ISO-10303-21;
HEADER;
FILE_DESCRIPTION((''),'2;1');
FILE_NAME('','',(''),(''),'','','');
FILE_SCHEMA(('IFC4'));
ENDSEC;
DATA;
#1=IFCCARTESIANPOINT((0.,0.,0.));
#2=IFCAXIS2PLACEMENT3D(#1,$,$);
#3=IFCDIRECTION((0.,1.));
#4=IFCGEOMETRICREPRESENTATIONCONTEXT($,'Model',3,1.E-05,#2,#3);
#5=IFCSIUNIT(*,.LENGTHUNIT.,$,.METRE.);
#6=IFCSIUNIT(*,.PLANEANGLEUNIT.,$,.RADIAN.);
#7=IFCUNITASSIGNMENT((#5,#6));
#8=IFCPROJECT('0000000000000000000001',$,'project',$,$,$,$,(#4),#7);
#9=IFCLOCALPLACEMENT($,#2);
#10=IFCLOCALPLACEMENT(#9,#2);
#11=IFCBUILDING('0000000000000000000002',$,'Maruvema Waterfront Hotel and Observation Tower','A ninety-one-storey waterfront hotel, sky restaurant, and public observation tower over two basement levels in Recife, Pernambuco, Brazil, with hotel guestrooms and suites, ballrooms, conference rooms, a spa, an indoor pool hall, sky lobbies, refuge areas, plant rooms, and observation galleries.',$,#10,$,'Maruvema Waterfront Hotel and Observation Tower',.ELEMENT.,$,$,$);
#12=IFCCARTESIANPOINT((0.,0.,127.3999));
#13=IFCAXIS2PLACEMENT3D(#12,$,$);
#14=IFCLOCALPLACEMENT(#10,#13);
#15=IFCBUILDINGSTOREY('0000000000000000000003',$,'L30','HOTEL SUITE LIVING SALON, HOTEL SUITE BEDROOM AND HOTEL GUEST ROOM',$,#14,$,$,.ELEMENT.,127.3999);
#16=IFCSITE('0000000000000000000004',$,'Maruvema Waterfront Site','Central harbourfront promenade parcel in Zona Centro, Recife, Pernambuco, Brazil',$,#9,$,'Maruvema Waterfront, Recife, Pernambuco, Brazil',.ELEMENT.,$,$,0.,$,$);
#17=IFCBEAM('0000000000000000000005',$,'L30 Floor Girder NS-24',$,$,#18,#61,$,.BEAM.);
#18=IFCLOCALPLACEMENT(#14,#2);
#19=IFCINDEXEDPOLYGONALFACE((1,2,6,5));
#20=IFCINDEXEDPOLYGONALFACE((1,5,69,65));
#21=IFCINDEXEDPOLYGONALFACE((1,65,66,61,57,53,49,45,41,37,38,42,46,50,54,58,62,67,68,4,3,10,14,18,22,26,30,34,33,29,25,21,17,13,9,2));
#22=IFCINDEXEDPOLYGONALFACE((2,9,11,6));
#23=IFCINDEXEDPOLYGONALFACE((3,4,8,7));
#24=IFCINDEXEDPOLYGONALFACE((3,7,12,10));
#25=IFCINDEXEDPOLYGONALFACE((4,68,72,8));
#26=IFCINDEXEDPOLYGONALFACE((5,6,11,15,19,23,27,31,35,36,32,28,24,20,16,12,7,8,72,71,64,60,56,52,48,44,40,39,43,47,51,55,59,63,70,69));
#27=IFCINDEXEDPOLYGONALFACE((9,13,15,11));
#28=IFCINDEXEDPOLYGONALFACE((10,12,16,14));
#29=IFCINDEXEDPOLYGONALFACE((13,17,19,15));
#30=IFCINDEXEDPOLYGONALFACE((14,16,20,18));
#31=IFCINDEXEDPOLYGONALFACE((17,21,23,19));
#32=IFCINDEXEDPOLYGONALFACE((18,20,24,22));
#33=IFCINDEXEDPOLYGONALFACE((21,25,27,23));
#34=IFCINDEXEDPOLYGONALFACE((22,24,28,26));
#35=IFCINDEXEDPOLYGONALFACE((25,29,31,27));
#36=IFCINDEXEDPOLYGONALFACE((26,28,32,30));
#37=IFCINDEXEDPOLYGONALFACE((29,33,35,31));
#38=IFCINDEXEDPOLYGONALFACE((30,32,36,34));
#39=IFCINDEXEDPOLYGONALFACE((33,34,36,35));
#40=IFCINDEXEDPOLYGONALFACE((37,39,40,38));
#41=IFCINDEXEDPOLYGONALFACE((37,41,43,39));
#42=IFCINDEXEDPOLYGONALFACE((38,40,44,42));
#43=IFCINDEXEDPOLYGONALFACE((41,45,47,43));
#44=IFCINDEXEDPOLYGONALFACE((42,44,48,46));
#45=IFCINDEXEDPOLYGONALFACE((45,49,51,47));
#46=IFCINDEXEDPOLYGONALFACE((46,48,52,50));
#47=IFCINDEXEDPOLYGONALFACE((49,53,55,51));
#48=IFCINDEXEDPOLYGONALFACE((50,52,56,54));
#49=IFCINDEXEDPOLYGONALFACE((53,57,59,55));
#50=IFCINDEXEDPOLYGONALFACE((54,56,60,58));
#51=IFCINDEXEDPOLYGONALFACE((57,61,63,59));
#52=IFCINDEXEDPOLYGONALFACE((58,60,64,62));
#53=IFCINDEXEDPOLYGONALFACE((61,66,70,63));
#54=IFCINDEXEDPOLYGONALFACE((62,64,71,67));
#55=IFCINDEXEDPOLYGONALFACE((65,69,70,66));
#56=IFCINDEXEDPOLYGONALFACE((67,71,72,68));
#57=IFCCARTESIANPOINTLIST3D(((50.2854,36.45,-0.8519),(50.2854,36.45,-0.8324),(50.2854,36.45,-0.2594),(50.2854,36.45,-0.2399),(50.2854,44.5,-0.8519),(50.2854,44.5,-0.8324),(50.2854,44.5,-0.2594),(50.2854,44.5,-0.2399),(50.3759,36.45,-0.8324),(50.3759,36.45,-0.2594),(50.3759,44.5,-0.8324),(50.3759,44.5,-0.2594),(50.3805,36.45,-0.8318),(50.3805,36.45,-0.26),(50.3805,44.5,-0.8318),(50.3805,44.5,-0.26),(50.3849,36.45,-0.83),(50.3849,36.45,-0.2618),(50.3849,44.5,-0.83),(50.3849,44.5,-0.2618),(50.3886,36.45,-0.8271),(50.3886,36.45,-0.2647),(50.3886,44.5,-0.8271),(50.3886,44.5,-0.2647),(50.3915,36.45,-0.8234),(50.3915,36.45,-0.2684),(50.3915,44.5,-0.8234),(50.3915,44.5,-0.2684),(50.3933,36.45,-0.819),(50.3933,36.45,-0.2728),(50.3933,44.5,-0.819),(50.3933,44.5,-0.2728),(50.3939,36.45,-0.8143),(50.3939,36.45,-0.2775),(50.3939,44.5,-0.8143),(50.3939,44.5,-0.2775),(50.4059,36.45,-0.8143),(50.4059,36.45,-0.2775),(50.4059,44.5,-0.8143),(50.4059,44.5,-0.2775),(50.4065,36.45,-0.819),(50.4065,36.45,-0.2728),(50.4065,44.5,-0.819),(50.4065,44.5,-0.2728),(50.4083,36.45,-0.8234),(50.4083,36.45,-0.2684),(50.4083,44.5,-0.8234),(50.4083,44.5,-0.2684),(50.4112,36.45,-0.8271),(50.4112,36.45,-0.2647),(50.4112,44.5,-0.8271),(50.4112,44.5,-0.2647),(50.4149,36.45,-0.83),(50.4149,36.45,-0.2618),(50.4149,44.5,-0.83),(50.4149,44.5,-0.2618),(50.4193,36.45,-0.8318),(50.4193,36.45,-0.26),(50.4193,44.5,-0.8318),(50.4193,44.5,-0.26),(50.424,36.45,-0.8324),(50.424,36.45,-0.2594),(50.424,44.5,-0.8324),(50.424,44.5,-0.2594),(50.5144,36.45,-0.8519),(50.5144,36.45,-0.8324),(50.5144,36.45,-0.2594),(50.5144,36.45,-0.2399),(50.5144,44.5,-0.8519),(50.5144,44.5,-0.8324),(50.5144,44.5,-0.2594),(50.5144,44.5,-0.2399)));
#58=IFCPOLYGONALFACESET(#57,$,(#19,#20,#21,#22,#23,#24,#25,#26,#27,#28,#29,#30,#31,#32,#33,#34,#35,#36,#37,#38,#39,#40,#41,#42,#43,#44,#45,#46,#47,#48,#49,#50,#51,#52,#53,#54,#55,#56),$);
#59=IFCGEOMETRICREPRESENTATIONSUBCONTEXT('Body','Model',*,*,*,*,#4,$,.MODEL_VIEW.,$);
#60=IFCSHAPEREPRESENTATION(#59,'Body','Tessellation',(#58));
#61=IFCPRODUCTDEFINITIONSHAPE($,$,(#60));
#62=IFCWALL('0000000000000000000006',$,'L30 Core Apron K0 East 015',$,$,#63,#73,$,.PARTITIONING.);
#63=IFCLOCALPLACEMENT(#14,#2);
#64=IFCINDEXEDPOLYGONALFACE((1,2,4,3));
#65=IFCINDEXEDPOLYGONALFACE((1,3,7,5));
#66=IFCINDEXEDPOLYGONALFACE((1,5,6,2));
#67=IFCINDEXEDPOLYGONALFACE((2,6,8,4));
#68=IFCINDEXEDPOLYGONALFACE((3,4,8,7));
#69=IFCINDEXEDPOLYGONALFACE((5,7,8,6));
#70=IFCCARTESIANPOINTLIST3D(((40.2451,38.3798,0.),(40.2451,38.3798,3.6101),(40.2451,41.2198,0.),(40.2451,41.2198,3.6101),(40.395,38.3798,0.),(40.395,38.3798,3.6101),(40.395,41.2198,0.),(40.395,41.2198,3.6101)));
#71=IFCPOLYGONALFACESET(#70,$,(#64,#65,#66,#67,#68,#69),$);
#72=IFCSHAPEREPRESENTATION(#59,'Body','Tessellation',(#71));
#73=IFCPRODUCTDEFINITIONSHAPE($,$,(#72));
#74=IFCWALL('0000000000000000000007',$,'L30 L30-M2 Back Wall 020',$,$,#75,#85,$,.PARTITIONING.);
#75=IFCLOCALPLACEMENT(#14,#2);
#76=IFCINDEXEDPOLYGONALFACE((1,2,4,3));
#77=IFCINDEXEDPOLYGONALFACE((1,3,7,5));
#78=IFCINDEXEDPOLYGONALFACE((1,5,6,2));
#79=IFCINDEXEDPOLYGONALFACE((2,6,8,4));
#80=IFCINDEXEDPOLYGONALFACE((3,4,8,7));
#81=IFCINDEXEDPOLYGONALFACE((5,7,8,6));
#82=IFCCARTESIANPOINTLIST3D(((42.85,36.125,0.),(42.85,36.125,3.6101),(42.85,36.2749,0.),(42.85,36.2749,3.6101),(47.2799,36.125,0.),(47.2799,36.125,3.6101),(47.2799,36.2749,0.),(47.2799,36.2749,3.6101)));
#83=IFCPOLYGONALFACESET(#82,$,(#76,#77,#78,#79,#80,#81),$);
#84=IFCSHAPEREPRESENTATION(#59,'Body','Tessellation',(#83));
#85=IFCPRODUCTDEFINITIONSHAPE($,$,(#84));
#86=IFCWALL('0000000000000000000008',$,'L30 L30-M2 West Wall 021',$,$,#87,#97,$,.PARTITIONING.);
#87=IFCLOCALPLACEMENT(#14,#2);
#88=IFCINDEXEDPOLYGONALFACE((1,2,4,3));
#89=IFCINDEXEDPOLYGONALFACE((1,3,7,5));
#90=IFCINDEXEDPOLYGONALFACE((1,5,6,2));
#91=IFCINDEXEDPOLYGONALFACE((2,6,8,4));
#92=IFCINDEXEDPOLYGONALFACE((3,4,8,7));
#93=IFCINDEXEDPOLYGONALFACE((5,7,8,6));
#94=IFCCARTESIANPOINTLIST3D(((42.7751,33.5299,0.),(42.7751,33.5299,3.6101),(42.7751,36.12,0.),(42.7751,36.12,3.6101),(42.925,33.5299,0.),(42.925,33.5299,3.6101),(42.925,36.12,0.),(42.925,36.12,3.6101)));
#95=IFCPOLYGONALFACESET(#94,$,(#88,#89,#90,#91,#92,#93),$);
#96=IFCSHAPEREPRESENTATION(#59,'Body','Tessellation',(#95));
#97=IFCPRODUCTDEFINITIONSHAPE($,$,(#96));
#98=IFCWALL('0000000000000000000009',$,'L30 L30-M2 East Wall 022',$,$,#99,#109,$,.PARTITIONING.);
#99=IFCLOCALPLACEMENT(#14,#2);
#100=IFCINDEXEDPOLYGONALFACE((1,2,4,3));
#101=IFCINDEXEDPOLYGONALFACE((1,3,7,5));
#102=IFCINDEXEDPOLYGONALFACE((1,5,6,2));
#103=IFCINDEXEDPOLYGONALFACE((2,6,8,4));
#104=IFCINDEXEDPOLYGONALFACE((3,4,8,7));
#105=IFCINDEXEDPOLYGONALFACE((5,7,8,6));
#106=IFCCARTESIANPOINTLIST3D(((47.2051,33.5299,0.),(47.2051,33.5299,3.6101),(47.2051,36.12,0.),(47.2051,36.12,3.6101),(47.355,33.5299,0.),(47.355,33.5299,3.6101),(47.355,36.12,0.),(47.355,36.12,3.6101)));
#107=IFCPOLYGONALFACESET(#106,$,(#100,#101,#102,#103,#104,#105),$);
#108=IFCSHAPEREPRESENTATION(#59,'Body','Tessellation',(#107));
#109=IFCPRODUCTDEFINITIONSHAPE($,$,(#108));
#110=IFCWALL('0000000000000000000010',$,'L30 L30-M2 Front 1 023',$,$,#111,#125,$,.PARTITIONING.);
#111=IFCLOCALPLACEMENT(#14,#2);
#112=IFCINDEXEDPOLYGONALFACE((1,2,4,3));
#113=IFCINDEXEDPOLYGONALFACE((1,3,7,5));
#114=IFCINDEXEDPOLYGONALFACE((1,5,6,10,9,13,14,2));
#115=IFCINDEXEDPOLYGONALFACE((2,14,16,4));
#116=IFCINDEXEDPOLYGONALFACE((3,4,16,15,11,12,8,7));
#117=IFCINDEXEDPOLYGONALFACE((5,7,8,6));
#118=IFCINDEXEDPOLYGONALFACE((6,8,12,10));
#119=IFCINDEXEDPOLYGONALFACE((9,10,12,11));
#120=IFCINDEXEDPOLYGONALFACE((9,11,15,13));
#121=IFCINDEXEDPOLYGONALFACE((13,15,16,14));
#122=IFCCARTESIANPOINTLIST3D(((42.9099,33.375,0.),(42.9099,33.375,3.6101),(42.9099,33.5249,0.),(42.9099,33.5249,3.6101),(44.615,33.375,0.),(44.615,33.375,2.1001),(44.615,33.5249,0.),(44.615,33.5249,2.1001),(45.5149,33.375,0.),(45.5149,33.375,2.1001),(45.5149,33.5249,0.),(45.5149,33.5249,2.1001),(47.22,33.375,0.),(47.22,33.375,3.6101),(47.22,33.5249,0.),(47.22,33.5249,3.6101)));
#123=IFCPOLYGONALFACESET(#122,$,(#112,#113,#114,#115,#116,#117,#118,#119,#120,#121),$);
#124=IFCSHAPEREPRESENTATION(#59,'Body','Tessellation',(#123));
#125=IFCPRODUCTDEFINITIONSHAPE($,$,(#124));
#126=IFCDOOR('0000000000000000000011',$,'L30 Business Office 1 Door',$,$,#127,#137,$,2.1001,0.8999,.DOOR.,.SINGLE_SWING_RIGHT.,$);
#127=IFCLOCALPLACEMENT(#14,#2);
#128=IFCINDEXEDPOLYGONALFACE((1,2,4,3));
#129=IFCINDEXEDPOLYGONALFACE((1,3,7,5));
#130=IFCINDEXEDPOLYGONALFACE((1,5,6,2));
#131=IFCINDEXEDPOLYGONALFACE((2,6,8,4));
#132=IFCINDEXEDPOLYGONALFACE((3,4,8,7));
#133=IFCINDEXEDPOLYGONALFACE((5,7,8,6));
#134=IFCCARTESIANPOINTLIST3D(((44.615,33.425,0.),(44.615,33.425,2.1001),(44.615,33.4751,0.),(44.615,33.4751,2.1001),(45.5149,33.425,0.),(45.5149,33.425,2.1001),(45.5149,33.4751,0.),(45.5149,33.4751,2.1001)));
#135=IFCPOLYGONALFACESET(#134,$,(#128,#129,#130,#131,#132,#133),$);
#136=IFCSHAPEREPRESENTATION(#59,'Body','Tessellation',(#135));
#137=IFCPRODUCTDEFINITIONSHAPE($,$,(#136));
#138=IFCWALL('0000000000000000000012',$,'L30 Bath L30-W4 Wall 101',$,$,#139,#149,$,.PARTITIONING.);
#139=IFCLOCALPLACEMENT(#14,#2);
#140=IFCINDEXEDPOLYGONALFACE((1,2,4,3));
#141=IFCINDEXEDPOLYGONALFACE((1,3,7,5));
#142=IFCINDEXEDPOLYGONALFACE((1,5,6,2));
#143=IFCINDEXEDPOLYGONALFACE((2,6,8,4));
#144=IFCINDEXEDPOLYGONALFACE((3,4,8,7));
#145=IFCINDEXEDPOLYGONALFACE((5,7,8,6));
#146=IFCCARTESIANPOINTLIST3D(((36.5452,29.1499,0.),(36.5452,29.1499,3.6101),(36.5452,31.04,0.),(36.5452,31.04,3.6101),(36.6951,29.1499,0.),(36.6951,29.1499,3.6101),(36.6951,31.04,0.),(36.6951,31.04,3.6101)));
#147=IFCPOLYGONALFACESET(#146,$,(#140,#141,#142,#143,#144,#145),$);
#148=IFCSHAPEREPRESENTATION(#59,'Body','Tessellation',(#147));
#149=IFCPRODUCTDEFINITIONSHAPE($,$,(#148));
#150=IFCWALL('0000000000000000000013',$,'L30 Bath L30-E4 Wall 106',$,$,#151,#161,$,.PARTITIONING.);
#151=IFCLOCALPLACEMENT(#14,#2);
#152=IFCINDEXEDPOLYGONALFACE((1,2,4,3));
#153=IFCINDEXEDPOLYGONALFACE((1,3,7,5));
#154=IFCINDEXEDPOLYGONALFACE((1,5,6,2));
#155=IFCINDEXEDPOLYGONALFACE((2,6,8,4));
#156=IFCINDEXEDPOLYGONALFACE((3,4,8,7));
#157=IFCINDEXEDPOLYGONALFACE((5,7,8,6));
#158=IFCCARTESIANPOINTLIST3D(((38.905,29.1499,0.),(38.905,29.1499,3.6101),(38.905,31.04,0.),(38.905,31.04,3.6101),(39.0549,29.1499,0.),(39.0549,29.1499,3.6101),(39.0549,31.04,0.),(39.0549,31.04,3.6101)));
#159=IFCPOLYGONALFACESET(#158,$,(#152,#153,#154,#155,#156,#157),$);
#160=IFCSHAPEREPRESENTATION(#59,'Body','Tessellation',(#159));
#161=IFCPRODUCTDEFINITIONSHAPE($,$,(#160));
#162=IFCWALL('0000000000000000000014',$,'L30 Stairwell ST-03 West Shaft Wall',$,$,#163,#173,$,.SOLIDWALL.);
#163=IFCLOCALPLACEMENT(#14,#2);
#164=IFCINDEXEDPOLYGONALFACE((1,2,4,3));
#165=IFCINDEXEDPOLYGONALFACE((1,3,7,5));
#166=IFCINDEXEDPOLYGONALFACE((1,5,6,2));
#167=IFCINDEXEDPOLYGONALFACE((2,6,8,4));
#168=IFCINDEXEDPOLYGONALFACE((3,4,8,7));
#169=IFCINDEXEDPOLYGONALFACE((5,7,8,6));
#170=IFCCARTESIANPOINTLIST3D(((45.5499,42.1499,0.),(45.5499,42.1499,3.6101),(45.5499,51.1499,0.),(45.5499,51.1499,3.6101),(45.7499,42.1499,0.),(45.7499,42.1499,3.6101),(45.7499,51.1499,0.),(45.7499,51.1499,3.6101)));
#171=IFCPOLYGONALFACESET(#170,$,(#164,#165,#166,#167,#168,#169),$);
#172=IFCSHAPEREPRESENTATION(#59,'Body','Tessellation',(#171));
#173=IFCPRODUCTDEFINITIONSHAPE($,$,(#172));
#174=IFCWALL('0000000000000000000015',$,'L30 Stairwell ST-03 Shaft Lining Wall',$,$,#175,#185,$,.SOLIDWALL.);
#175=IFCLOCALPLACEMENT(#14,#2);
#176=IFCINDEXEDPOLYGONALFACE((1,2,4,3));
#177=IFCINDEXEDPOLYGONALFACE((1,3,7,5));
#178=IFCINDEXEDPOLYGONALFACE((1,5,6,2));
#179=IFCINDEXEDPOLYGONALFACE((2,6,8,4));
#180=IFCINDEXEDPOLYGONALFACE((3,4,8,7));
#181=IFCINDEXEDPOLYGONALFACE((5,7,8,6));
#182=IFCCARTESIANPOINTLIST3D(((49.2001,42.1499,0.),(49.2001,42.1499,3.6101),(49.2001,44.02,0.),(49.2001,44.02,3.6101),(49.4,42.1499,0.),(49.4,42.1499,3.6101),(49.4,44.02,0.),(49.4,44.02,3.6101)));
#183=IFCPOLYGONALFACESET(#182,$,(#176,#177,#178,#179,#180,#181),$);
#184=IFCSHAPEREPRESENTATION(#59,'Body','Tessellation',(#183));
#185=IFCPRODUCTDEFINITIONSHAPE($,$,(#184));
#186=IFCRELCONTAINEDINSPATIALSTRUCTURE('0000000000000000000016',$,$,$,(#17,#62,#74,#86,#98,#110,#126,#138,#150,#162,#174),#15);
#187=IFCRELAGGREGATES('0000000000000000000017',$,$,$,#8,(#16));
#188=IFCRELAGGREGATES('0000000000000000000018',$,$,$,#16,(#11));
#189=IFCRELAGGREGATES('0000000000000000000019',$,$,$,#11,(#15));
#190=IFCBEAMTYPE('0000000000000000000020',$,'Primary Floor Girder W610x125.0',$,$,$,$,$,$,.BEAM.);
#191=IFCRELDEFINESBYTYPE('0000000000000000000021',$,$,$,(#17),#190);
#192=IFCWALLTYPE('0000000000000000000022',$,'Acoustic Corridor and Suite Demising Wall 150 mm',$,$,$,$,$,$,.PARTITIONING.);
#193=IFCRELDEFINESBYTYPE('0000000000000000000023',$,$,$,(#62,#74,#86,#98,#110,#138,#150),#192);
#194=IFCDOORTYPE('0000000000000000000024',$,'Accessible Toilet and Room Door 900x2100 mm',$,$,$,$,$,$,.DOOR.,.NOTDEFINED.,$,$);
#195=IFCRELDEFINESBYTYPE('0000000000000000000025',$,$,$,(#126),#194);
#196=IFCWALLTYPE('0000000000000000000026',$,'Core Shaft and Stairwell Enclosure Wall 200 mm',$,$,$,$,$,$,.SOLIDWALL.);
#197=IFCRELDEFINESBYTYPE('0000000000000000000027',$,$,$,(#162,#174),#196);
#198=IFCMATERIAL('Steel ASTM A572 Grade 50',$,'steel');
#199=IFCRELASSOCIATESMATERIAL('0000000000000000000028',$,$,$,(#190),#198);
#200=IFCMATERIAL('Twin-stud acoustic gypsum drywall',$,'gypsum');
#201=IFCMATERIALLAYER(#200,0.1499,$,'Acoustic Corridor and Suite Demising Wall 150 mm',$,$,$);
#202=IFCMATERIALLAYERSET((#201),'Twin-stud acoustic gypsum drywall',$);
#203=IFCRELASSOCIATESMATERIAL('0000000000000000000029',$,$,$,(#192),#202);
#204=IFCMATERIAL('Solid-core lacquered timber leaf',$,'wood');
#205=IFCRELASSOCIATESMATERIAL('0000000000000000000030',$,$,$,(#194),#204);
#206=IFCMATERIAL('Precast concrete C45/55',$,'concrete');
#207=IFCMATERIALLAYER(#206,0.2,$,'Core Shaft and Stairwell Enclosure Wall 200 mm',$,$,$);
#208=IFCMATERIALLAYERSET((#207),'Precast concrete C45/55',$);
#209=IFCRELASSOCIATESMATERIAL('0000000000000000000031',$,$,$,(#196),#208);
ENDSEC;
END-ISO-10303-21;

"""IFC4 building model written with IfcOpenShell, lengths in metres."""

from ifc_helpers import new_model, si_unit, direction, frame, frame_2d, origin, origin_2d, place, context, subcontext, project, spatial, rectangle, i_section, extrude, material, layer, layer_set, material_profile, profile_set, type_object, element, fill, save


model = new_model("IFC4")

# Units and contexts
model_context = context("Model", 3, precision=1e-05, world=origin(), true_north=direction((0.0, 1.0)))
body_context = subcontext(model_context, "Body", "Model", "MODEL_VIEW")
ifc_project = project(units=[si_unit("LENGTHUNIT", "METRE"), si_unit("PLANEANGLEUNIT", "RADIAN")], contexts=[model_context])

# Site, building, storey
site_placement = place(None, origin())
site = spatial("IfcSite", under=ifc_project, at=site_placement, Name="Maruvema Waterfront Site", Description="Central harbourfront promenade parcel in Zona Centro, Recife, Pernambuco, Brazil", LongName="Maruvema Waterfront, Recife, Pernambuco, Brazil", CompositionType="ELEMENT", RefElevation=0.0)
building_placement = place(site_placement, origin())
building = spatial("IfcBuilding", under=site, at=building_placement, Name="Maruvema Waterfront Hotel and Observation Tower", Description="A ninety-one-storey waterfront hotel, sky restaurant, and public observation tower over two basement levels in Recife, Pernambuco, Brazil, with hotel guestrooms and suites, ballrooms, conference rooms, a spa, an indoor pool hall, sky lobbies, refuge areas, plant rooms, and observation galleries.", LongName="Maruvema Waterfront Hotel and Observation Tower", CompositionType="ELEMENT")
storey_placement = place(building_placement, frame((0.0, 0.0, 127.3999)))
storey = spatial("IfcBuildingStorey", under=building, at=storey_placement, Name="L30", Description="HOTEL SUITE LIVING SALON, HOTEL SUITE BEDROOM AND HOTEL GUEST ROOM", CompositionType="ELEMENT", Elevation=127.3999)

# Beam
ifc_material_1 = material(Name="Steel ASTM A572 Grade 50", Category="steel")
ifc_material_profile_1 = material_profile(ifc_material_1, i_section(OverallWidth=0.229, OverallDepth=0.6121, WebThickness=0.012, FlangeThickness=0.0195, FilletRadius=0.0181, at=origin_2d()), Name="W610x125.0")
ifc_profile_set_1 = profile_set([ifc_material_profile_1], Name="Steel ASTM A572 Grade 50")
beam_type_1 = type_object("IfcBeamType", Name="Primary Floor Girder W610x125.0", PredefinedType="BEAM", material=ifc_profile_set_1)
for number, where, z_axis, x_axis, name in (
    (1, (50.3999, 36.45, -0.5459), (0.0, 1.0, 0.0), (-1.0, 0.0, 0.0), "L30 Floor Girder NS-24"),
):
    element("IfcBeam", number, at=place(storey_placement, frame(where, z_axis=z_axis, x_axis=x_axis)), inside=storey, type_object=beam_type_1, Name=name, PredefinedType="BEAM", context=body_context, shape_type="SweptSolid", body=[
        extrude(i_section(OverallWidth=0.229, OverallDepth=0.6121, WebThickness=0.012, FlangeThickness=0.0195, FilletRadius=0.0181, at=origin_2d()), origin(), (0.0, 0.0, 1.0), 8.05),
    ])

# Walls
ifc_material_2 = material(Name="Twin-stud acoustic gypsum drywall", Category="gypsum")
ifc_layer_1 = layer(ifc_material_2, 0.1499, Name="Acoustic Corridor and Suite Demising Wall 150 mm")
ifc_layer_set_1 = layer_set([ifc_layer_1], Name="Twin-stud acoustic gypsum drywall")
wall_type_1 = type_object("IfcWallType", Name="Acoustic Corridor and Suite Demising Wall 150 mm", PredefinedType="PARTITIONING", material=ifc_layer_set_1)
wall_1_placement = place(storey_placement, frame((40.3201, 38.3799, 0.0), z_axis=(0.0, 0.0, 1.0), x_axis=(0.0, 1.0, 0.0)))
element("IfcWall", 2, at=wall_1_placement, inside=storey, type_object=wall_type_1, Name="L30 Core Apron K0 East 015", PredefinedType="PARTITIONING", context=body_context, shape_type="SweptSolid", body=[
    extrude(rectangle(XDim=2.8401, YDim=0.1499, at=frame_2d((1.4199, 0.0))), origin(), (0.0, 0.0, 1.0), 3.6101),
])
wall_2_placement = place(storey_placement, frame((42.8501, 36.2, 0.0), z_axis=(0.0, 0.0, 1.0), x_axis=(1.0, 0.0, 0.0)))
element("IfcWall", 3, at=wall_2_placement, inside=storey, type_object=wall_type_1, Name="L30 L30-M2 Back Wall 020", PredefinedType="PARTITIONING", context=body_context, shape_type="SweptSolid", body=[
    extrude(rectangle(XDim=4.4299, YDim=0.1499, at=frame_2d((2.2148, 0.0))), origin(), (0.0, 0.0, 1.0), 3.6101),
])
for number, where, z_axis, x_axis, name in (
    (4, (42.8501, 33.53, 0.0), (0.0, 0.0, 1.0), (0.0, 1.0, 0.0), "L30 L30-M2 West Wall 021"),
    (5, (47.28, 33.53, 0.0), (0.0, 0.0, 1.0), (0.0, 1.0, 0.0), "L30 L30-M2 East Wall 022"),
):
    element("IfcWall", number, at=place(storey_placement, frame(where, z_axis=z_axis, x_axis=x_axis)), inside=storey, type_object=wall_type_1, Name=name, PredefinedType="PARTITIONING", context=body_context, shape_type="SweptSolid", body=[
        extrude(rectangle(XDim=2.5901, YDim=0.1499, at=frame_2d((1.2949, 0.0))), origin(), (0.0, 0.0, 1.0), 3.6101),
    ])

# Wall, opening, door
wall_3_placement = place(storey_placement, frame((42.9099, 33.45, 0.0), z_axis=(0.0, 0.0, 1.0), x_axis=(1.0, 0.0, 0.0)))
wall_3 = element("IfcWall", 6, at=wall_3_placement, inside=storey, type_object=wall_type_1, Name="L30 L30-M2 Front 1 023", PredefinedType="PARTITIONING", context=body_context, shape_type="SweptSolid", body=[
    extrude(rectangle(XDim=4.3101, YDim=0.1499, at=frame_2d((2.155, 0.0))), origin(), (0.0, 0.0, 1.0), 3.6101),
])
opening_1_placement = place(wall_3_placement, frame((1.7051, 0.0, 0.0)))
opening_1 = element("IfcOpeningElement", 7, at=opening_1_placement, cuts=wall_3, PredefinedType="OPENING", context=body_context, shape_type="SweptSolid", body=[
    extrude(rectangle(XDim=0.8999, YDim=2.1001, at=frame_2d((0.45, 1.05))), frame((0.0, 0.085, 0.0), z_axis=(0.0, -1.0, 0.0), x_axis=(1.0, 0.0, 0.0)), (0.0, 0.0, 1.0), 0.1699),
])
ifc_material_3 = material(Name="Solid-core lacquered timber leaf", Category="wood")
door_type_1 = type_object("IfcDoorType", Name="Accessible Toilet and Room Door 900x2100 mm", OperationType="NOTDEFINED", PredefinedType="DOOR", material=ifc_material_3)
door_1_placement = place(opening_1_placement, frame((0.8999, 0.0, 0.0), z_axis=(0.0, 0.0, 1.0), x_axis=(-1.0, 0.0, 0.0)))
door_1 = element("IfcDoor", 8, at=door_1_placement, inside=storey, type_object=door_type_1, Name="L30 Business Office 1 Door", OperationType="SINGLE_SWING_RIGHT", OverallHeight=2.1001, OverallWidth=0.8999, PredefinedType="DOOR", context=body_context, shape_type="SweptSolid", body=[
    extrude(rectangle(XDim=0.8999, YDim=2.1001, at=frame_2d((0.45, 1.05))), frame((0.0, 0.0249, 0.0), z_axis=(0.0, -1.0, 0.0), x_axis=(1.0, 0.0, 0.0)), (0.0, 0.0, 1.0), 0.05),
])
fill(opening_1, door_1)

# Walls
for number, where, z_axis, x_axis, name in (
    (9, (36.6201, 29.1499, 0.0), (0.0, 0.0, 1.0), (0.0, 1.0, 0.0), "L30 Bath L30-W4 Wall 101"),
    (10, (38.98, 29.1499, 0.0), (0.0, 0.0, 1.0), (0.0, 1.0, 0.0), "L30 Bath L30-E4 Wall 106"),
):
    element("IfcWall", number, at=place(storey_placement, frame(where, z_axis=z_axis, x_axis=x_axis)), inside=storey, type_object=wall_type_1, Name=name, PredefinedType="PARTITIONING", context=body_context, shape_type="SweptSolid", body=[
        extrude(rectangle(XDim=1.8901, YDim=0.1499, at=frame_2d((0.9451, 0.0))), origin(), (0.0, 0.0, 1.0), 3.6101),
    ])
ifc_material_4 = material(Name="Precast concrete C45/55", Category="concrete")
ifc_layer_2 = layer(ifc_material_4, 0.2, Name="Core Shaft and Stairwell Enclosure Wall 200 mm")
ifc_layer_set_2 = layer_set([ifc_layer_2], Name="Precast concrete C45/55")
wall_type_2 = type_object("IfcWallType", Name="Core Shaft and Stairwell Enclosure Wall 200 mm", PredefinedType="SOLIDWALL", material=ifc_layer_set_2)
wall_4_placement = place(storey_placement, frame((45.6499, 42.1499, 0.0), z_axis=(0.0, 0.0, 1.0), x_axis=(0.0, 1.0, 0.0)))
element("IfcWall", 11, at=wall_4_placement, inside=storey, type_object=wall_type_2, Name="L30 Stairwell ST-03 West Shaft Wall", PredefinedType="SOLIDWALL", context=body_context, shape_type="SweptSolid", body=[
    extrude(rectangle(XDim=9.0, YDim=0.2, at=frame_2d((4.5, 0.0))), origin(), (0.0, 0.0, 1.0), 3.6101),
])
wall_5_placement = place(storey_placement, frame((49.3, 42.1499, 0.0), z_axis=(0.0, 0.0, 1.0), x_axis=(0.0, 1.0, 0.0)))
element("IfcWall", 12, at=wall_5_placement, inside=storey, type_object=wall_type_2, Name="L30 Stairwell ST-03 Shaft Lining Wall", PredefinedType="SOLIDWALL", context=body_context, shape_type="SweptSolid", body=[
    extrude(rectangle(XDim=1.8701, YDim=0.2, at=frame_2d((0.9351, 0.0))), origin(), (0.0, 0.0, 1.0), 3.6101),
])

save(model, "model.ifc")
